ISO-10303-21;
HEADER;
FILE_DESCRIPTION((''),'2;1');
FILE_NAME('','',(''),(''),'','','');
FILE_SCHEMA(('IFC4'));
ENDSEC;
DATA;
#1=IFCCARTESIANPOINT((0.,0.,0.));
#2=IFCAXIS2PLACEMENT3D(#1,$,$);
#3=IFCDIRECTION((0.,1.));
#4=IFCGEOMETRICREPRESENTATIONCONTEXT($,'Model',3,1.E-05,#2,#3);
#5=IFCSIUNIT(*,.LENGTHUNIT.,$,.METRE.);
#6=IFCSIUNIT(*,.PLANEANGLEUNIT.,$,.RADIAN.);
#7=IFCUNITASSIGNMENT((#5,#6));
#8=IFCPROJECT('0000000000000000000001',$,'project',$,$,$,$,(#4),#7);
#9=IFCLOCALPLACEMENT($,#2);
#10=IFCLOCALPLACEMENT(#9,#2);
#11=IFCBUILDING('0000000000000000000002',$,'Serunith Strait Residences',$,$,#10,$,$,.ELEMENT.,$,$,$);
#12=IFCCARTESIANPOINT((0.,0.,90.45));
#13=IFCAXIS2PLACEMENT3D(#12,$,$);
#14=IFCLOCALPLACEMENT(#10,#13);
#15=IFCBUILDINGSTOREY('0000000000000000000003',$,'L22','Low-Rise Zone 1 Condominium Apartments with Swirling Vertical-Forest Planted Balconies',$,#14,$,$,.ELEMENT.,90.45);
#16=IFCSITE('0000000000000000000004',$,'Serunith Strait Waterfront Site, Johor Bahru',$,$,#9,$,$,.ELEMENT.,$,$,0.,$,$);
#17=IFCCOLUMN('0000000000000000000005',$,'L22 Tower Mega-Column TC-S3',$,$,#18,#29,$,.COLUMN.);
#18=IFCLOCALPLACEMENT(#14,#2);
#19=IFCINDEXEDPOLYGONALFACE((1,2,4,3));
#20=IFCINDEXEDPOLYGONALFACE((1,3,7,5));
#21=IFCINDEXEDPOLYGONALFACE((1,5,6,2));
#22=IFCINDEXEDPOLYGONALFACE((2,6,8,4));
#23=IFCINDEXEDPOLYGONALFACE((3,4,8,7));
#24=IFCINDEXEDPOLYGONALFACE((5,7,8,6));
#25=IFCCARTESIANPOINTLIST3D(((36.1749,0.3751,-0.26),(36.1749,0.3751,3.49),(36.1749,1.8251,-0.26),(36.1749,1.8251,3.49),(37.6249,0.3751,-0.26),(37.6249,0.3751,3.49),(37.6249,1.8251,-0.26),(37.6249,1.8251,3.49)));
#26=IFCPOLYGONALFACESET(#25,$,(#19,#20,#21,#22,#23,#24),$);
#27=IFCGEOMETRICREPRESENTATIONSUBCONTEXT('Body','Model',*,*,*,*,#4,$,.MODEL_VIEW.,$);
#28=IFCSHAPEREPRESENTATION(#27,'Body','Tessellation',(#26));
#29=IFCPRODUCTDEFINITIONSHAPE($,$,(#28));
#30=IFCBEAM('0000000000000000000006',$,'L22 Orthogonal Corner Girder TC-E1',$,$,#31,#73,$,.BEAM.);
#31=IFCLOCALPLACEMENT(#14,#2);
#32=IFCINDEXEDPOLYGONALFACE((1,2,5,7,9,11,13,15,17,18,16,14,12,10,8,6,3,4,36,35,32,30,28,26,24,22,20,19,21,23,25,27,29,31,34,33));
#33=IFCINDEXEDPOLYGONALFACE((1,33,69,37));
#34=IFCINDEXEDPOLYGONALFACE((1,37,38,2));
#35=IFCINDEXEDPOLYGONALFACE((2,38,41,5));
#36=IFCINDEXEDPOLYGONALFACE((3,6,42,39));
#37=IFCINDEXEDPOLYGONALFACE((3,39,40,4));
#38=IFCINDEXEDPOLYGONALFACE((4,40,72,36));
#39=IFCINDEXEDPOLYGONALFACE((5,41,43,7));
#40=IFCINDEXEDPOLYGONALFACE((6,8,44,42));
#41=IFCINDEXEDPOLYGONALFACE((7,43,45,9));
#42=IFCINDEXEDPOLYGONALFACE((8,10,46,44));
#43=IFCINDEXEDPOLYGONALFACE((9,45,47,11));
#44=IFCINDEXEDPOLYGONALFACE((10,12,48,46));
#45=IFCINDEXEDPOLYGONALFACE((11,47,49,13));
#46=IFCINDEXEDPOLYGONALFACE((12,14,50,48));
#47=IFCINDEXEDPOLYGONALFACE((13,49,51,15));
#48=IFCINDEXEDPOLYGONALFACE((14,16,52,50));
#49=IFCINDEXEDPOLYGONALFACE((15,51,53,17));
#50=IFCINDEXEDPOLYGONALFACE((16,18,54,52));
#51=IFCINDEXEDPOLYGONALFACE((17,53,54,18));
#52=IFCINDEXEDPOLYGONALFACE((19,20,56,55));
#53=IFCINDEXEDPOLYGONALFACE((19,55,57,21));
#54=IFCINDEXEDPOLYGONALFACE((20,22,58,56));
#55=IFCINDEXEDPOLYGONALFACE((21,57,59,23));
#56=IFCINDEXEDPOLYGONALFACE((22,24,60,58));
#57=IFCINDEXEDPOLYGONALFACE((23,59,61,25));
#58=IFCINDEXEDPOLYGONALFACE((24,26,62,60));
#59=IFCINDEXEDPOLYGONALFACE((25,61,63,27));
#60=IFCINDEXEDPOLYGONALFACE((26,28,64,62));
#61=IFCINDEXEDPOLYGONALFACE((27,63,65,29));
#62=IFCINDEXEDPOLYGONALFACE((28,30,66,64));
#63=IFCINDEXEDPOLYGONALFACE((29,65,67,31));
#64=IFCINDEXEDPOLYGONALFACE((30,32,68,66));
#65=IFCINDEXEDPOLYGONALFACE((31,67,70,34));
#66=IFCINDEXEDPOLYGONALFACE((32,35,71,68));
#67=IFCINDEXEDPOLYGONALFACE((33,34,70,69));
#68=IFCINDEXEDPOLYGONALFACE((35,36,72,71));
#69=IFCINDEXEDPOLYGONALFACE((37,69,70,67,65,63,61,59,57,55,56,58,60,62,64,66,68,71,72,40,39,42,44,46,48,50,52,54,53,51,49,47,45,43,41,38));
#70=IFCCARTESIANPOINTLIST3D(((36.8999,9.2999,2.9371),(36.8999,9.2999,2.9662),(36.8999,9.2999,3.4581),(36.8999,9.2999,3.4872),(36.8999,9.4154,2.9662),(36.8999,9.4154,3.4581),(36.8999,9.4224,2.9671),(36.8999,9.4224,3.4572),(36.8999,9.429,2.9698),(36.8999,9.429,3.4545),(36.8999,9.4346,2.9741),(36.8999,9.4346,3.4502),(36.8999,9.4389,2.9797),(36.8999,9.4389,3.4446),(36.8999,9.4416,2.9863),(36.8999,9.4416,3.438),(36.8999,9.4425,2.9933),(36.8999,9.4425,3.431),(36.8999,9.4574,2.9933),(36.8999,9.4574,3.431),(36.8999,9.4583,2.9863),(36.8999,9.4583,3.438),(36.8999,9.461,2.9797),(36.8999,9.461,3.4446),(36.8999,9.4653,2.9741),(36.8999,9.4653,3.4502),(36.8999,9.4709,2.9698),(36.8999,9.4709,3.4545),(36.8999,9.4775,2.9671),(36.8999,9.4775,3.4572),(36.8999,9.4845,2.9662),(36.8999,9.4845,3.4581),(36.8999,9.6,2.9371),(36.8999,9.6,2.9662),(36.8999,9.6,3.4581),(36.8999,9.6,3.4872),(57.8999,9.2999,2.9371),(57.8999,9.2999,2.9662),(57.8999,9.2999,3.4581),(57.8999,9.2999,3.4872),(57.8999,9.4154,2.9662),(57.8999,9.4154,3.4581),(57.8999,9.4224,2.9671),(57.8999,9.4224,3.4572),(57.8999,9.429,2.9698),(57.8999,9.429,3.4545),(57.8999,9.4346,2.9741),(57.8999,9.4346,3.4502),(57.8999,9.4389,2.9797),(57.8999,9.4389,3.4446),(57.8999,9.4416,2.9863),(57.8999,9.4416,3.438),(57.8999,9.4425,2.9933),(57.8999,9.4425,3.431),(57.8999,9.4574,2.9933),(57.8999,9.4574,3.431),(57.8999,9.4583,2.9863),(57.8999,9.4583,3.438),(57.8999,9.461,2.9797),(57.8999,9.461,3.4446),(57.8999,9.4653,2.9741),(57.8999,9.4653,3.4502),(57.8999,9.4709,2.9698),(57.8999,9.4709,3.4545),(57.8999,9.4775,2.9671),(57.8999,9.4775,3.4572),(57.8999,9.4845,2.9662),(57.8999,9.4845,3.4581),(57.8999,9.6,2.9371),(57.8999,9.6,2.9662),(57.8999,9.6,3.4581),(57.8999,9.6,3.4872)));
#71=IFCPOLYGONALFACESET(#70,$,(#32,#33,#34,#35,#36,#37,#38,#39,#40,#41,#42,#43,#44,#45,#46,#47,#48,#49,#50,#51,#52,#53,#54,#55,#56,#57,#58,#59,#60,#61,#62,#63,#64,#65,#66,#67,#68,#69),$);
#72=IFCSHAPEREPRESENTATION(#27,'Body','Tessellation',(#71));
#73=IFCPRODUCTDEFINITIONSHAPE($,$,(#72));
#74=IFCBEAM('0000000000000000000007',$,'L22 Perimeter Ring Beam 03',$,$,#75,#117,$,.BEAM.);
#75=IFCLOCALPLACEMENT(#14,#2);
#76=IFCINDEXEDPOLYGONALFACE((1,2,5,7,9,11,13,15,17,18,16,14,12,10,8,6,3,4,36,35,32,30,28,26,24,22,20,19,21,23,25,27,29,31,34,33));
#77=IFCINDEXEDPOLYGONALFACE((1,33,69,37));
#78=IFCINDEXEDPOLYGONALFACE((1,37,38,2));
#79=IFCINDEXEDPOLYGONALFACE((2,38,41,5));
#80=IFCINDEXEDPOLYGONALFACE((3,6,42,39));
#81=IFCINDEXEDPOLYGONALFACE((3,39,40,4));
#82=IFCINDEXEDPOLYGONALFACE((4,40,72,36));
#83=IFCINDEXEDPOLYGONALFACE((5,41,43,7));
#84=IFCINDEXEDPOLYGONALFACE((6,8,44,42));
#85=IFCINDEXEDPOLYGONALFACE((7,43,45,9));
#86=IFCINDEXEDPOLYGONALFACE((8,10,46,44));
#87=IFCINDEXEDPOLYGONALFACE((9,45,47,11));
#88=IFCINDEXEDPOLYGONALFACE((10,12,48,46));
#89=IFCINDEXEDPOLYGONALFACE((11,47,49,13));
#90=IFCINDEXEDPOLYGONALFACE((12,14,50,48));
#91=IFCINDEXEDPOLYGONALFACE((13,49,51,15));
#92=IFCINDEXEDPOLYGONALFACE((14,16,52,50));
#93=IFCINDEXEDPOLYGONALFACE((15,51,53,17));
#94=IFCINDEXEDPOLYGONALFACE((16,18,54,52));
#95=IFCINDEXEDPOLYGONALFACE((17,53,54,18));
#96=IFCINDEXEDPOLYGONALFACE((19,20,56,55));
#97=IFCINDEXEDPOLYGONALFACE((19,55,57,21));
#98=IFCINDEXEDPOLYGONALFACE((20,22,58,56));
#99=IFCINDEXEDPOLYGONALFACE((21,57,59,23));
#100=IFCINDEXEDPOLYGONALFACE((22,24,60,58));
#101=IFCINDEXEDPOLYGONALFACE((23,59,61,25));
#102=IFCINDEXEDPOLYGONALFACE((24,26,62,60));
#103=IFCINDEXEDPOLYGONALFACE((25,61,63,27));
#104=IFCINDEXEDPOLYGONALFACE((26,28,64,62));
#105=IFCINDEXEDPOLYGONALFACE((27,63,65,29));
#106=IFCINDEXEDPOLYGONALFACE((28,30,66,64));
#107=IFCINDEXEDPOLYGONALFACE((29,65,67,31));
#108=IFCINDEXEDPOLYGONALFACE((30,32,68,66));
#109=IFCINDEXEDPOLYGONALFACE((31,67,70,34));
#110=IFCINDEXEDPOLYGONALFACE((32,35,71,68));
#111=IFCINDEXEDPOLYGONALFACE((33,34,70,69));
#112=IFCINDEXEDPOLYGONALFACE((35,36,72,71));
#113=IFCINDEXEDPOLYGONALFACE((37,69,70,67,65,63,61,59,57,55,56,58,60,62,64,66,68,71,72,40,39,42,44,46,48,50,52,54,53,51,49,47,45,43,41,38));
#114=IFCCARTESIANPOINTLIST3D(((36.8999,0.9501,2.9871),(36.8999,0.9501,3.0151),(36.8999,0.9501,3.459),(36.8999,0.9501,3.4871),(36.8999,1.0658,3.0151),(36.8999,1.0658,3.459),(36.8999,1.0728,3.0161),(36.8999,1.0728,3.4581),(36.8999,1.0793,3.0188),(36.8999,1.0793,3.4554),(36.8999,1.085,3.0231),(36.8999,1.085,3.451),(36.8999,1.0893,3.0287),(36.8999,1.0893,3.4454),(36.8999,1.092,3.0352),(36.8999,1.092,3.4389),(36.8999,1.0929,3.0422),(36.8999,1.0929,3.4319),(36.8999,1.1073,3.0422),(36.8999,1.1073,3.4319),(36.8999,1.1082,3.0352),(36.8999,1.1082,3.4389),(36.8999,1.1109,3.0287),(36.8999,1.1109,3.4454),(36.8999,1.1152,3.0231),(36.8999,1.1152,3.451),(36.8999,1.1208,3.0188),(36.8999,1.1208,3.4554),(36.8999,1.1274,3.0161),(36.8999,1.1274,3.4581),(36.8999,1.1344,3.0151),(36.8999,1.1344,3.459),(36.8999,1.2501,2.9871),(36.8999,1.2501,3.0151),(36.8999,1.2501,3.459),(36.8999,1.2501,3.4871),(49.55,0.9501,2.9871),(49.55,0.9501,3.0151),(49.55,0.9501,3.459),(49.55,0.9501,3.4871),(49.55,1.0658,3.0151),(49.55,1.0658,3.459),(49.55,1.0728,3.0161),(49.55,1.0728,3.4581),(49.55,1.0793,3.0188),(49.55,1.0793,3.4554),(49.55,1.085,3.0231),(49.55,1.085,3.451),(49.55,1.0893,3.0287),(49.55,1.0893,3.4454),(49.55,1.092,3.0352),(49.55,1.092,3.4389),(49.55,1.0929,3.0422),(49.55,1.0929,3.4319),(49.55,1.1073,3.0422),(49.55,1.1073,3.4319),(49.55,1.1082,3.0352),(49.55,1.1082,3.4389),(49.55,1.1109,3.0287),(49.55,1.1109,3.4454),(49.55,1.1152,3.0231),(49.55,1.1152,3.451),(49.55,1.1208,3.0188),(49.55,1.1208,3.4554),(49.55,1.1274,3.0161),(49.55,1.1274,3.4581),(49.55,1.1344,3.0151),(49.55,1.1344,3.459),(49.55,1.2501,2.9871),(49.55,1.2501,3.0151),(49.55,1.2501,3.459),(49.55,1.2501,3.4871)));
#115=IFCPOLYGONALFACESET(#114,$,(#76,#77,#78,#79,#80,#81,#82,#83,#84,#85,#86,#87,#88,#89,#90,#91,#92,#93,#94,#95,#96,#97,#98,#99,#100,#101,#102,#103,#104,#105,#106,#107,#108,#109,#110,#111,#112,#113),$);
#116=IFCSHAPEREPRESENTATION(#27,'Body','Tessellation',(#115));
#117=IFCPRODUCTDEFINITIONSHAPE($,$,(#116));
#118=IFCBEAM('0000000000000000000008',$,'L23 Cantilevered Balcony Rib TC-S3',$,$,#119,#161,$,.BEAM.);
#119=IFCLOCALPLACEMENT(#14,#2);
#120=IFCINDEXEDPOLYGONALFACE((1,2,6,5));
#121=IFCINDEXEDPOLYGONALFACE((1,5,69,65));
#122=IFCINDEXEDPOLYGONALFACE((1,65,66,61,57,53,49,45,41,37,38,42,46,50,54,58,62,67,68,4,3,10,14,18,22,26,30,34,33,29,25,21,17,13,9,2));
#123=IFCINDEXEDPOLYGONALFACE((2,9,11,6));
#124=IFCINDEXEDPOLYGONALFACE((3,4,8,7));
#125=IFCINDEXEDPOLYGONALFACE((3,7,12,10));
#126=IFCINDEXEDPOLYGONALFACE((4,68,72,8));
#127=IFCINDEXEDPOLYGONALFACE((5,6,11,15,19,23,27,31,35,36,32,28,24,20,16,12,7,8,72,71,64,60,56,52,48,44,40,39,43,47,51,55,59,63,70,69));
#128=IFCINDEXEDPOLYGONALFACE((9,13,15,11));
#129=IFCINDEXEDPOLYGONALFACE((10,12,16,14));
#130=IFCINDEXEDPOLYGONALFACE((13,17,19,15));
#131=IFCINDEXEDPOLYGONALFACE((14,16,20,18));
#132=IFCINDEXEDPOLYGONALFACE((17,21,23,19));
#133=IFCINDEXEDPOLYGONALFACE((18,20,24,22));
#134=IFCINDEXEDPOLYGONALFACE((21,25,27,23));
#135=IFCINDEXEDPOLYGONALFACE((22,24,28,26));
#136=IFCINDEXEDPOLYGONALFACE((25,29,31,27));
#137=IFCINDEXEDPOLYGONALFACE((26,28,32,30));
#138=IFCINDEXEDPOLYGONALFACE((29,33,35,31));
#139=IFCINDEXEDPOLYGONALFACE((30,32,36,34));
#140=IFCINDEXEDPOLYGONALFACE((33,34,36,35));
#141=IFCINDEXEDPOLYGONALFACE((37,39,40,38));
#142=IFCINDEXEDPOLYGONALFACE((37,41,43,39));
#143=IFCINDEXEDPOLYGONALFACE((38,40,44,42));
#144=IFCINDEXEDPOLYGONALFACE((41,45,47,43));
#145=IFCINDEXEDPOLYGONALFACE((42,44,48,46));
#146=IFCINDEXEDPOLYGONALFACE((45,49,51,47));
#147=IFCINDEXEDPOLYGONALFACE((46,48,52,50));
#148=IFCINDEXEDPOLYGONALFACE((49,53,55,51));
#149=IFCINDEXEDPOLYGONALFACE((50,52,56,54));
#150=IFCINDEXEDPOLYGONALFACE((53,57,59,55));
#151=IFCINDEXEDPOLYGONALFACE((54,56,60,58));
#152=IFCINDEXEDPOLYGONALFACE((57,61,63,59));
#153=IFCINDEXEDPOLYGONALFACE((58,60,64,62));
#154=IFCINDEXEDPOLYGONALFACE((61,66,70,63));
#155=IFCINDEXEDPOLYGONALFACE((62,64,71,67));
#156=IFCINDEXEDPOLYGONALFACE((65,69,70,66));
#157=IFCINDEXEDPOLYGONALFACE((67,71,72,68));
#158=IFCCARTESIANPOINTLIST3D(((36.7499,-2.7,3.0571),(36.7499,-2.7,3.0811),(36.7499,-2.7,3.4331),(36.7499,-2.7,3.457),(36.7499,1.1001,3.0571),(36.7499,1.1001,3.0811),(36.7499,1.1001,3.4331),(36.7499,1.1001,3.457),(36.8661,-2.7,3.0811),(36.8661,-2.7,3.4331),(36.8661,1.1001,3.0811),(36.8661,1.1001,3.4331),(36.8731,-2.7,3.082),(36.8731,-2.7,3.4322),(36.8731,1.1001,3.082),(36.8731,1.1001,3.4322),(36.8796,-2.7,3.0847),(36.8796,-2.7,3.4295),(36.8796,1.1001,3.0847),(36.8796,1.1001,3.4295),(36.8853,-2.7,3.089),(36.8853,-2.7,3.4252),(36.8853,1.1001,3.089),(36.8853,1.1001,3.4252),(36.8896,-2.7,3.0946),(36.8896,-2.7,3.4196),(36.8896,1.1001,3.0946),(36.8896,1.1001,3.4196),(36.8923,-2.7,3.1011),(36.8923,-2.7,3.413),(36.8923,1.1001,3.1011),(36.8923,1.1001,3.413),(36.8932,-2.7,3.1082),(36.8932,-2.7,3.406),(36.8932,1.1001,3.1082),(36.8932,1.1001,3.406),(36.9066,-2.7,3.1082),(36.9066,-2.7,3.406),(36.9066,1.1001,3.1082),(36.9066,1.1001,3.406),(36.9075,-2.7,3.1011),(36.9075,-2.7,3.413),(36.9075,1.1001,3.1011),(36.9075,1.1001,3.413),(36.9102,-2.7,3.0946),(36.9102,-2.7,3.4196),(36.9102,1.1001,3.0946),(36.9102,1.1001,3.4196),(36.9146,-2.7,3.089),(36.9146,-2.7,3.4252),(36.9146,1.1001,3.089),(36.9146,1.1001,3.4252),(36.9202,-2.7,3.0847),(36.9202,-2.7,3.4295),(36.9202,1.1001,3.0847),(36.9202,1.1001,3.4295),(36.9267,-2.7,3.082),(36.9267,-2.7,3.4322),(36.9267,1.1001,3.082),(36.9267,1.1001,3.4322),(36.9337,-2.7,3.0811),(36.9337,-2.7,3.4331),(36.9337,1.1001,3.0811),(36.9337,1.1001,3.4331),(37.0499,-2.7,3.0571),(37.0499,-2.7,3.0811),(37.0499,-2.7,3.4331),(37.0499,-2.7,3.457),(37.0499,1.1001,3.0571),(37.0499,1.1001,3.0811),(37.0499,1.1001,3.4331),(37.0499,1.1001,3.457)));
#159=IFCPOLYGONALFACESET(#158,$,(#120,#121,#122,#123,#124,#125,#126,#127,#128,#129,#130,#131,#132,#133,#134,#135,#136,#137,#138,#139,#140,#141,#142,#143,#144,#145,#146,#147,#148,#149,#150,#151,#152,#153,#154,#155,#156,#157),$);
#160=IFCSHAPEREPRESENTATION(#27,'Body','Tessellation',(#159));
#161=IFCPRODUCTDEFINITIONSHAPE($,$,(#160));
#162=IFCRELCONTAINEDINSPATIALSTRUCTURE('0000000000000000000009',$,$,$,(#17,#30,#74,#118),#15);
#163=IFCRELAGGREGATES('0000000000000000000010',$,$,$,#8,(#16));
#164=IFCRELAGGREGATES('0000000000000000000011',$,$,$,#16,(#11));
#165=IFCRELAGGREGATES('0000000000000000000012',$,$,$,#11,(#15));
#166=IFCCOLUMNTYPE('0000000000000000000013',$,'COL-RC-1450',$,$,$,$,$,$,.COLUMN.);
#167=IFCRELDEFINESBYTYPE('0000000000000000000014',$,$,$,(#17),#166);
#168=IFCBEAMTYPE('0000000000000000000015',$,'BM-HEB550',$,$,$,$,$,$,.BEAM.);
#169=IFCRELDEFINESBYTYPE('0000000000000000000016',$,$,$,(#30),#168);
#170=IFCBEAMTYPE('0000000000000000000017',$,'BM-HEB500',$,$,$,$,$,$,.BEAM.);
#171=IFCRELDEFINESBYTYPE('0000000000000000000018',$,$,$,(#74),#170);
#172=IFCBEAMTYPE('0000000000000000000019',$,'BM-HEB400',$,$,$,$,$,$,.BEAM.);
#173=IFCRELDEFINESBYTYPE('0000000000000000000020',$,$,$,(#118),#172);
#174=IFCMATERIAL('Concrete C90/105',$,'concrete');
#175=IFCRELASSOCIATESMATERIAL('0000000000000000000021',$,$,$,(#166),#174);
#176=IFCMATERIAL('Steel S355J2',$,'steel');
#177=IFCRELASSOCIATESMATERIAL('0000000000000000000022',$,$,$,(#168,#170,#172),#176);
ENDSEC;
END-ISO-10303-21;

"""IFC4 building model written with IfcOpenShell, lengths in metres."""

from ifc_helpers import new_model, si_unit, direction, frame, origin, origin_2d, place, context, subcontext, project, spatial, rectangle, i_section, extrude, source, transform, mapped, material, material_profile, profile_set, type_object, element, save


model = new_model("IFC4")

# Units and contexts
model_context = context("Model", 3, precision=1e-05, world=origin(), true_north=direction((0.0, 1.0)))
body_context = subcontext(model_context, "Body", "Model", "MODEL_VIEW")
ifc_project = project(units=[si_unit("LENGTHUNIT", "METRE"), si_unit("PLANEANGLEUNIT", "RADIAN")], contexts=[model_context])

# Site, building, storey
site_placement = place(None, origin())
site = spatial("IfcSite", under=ifc_project, at=site_placement, Name="Serunith Strait Waterfront Site, Johor Bahru", CompositionType="ELEMENT", RefElevation=0.0)
building_placement = place(site_placement, origin())
building = spatial("IfcBuilding", under=site, at=building_placement, Name="Serunith Strait Residences", CompositionType="ELEMENT")
storey_placement = place(building_placement, frame((0.0, 0.0, 90.45)))
storey = spatial("IfcBuildingStorey", under=building, at=storey_placement, Name="L22", Description="Low-Rise Zone 1 Condominium Apartments with Swirling Vertical-Forest Planted Balconies", CompositionType="ELEMENT", Elevation=90.45)

# Column
ifc_material_1 = material(Name="Concrete C90/105", Category="concrete")
ifc_material_profile_1 = material_profile(ifc_material_1, rectangle(XDim=1.45, YDim=1.45, at=origin_2d()), Name="RC 1450x1450")
ifc_profile_set_1 = profile_set([ifc_material_profile_1], Name="Concrete C90/105")
column_type = type_object("IfcColumnType", Name="COL-RC-1450", PredefinedType="COLUMN", material=ifc_profile_set_1)
shared_shape_1 = source(origin(), body_context, "Body", "SweptSolid", [
    extrude(rectangle(XDim=1.45, YDim=1.45, at=origin_2d()), origin(), (0.0, 0.0, 1.0), 3.75),
])
column_placement = place(storey_placement, frame((36.8999, 1.1001, -0.26), z_axis=(0.0, 0.0, 1.0), x_axis=(1.0, 0.0, 0.0)))
element("IfcColumn", 1, at=column_placement, inside=storey, type_object=column_type, Name="L22 Tower Mega-Column TC-S3", PredefinedType="COLUMN", context=body_context, shape_type="MappedRepresentation", body=[
    mapped(shared_shape_1, transform((0.0, 0.0, 0.0), scale=1.0)),
])

# Beams
ifc_material_2 = material(Name="Steel S355J2", Category="steel")
ifc_material_profile_2 = material_profile(ifc_material_2, i_section(OverallWidth=0.3, OverallDepth=0.55, WebThickness=0.0149, FlangeThickness=0.0291, FilletRadius=0.0271, at=origin_2d()), Name="HEB 550")
ifc_profile_set_2 = profile_set([ifc_material_profile_2], Name="Steel S355J2")
beam_type_1 = type_object("IfcBeamType", Name="BM-HEB550", PredefinedType="BEAM", material=ifc_profile_set_2)
shared_shape_2 = source(origin(), body_context, "Body", "SweptSolid", [
    extrude(i_section(OverallWidth=0.3, OverallDepth=0.55, WebThickness=0.0149, FlangeThickness=0.0291, FilletRadius=0.0271, at=origin_2d()), origin(), (0.0, 0.0, 1.0), 21.0),
])
beam_1_placement = place(storey_placement, frame((36.8999, 9.45, 3.2122), z_axis=(1.0, 0.0, 0.0), x_axis=(0.0, 1.0, 0.0)))
element("IfcBeam", 2, at=beam_1_placement, inside=storey, type_object=beam_type_1, Name="L22 Orthogonal Corner Girder TC-E1", PredefinedType="BEAM", context=body_context, shape_type="MappedRepresentation", body=[
    mapped(shared_shape_2, transform((0.0, 0.0, 0.0), scale=1.0)),
])
ifc_material_profile_3 = material_profile(ifc_material_2, i_section(OverallWidth=0.3, OverallDepth=0.5, WebThickness=0.0144, FlangeThickness=0.0281, FilletRadius=0.0271, at=origin_2d()), Name="HEB 500")
ifc_profile_set_3 = profile_set([ifc_material_profile_3], Name="Steel S355J2")
beam_type_2 = type_object("IfcBeamType", Name="BM-HEB500", PredefinedType="BEAM", material=ifc_profile_set_3)
shared_shape_3 = source(origin(), body_context, "Body", "SweptSolid", [
    extrude(i_section(OverallWidth=0.3, OverallDepth=0.5, WebThickness=0.0144, FlangeThickness=0.0281, FilletRadius=0.0271, at=origin_2d()), origin(), (0.0, 0.0, 1.0), 12.6501),
])
beam_2_placement = place(storey_placement, frame((36.8999, 1.1001, 3.2371), z_axis=(1.0, 0.0, 0.0), x_axis=(0.0, 1.0, 0.0)))
element("IfcBeam", 3, at=beam_2_placement, inside=storey, type_object=beam_type_2, Name="L22 Perimeter Ring Beam 03", PredefinedType="BEAM", context=body_context, shape_type="MappedRepresentation", body=[
    mapped(shared_shape_3, transform((0.0, 0.0, 0.0), scale=1.0)),
])
ifc_material_profile_4 = material_profile(ifc_material_2, i_section(OverallWidth=0.3, OverallDepth=0.3999, WebThickness=0.0134, FlangeThickness=0.0239, FilletRadius=0.0271, at=origin_2d()), Name="HEB 400")
ifc_profile_set_4 = profile_set([ifc_material_profile_4], Name="Steel S355J2")
beam_type_3 = type_object("IfcBeamType", Name="BM-HEB400", PredefinedType="BEAM", material=ifc_profile_set_4)
shared_shape_4 = source(origin(), body_context, "Body", "SweptSolid", [
    extrude(i_section(OverallWidth=0.3, OverallDepth=0.3999, WebThickness=0.0134, FlangeThickness=0.0239, FilletRadius=0.0271, at=origin_2d()), origin(), (0.0, 0.0, 1.0), 3.8),
])
beam_3_placement = place(storey_placement, frame((36.8999, 1.1001, 3.2571), z_axis=(0.0, -1.0, 0.0), x_axis=(1.0, 0.0, 0.0)))
element("IfcBeam", 4, at=beam_3_placement, inside=storey, type_object=beam_type_3, Name="L23 Cantilevered Balcony Rib TC-S3", PredefinedType="BEAM", context=body_context, shape_type="MappedRepresentation", body=[
    mapped(shared_shape_4, transform((0.0, 0.0, 0.0), scale=1.0)),
])

save(model, "model.ifc")
